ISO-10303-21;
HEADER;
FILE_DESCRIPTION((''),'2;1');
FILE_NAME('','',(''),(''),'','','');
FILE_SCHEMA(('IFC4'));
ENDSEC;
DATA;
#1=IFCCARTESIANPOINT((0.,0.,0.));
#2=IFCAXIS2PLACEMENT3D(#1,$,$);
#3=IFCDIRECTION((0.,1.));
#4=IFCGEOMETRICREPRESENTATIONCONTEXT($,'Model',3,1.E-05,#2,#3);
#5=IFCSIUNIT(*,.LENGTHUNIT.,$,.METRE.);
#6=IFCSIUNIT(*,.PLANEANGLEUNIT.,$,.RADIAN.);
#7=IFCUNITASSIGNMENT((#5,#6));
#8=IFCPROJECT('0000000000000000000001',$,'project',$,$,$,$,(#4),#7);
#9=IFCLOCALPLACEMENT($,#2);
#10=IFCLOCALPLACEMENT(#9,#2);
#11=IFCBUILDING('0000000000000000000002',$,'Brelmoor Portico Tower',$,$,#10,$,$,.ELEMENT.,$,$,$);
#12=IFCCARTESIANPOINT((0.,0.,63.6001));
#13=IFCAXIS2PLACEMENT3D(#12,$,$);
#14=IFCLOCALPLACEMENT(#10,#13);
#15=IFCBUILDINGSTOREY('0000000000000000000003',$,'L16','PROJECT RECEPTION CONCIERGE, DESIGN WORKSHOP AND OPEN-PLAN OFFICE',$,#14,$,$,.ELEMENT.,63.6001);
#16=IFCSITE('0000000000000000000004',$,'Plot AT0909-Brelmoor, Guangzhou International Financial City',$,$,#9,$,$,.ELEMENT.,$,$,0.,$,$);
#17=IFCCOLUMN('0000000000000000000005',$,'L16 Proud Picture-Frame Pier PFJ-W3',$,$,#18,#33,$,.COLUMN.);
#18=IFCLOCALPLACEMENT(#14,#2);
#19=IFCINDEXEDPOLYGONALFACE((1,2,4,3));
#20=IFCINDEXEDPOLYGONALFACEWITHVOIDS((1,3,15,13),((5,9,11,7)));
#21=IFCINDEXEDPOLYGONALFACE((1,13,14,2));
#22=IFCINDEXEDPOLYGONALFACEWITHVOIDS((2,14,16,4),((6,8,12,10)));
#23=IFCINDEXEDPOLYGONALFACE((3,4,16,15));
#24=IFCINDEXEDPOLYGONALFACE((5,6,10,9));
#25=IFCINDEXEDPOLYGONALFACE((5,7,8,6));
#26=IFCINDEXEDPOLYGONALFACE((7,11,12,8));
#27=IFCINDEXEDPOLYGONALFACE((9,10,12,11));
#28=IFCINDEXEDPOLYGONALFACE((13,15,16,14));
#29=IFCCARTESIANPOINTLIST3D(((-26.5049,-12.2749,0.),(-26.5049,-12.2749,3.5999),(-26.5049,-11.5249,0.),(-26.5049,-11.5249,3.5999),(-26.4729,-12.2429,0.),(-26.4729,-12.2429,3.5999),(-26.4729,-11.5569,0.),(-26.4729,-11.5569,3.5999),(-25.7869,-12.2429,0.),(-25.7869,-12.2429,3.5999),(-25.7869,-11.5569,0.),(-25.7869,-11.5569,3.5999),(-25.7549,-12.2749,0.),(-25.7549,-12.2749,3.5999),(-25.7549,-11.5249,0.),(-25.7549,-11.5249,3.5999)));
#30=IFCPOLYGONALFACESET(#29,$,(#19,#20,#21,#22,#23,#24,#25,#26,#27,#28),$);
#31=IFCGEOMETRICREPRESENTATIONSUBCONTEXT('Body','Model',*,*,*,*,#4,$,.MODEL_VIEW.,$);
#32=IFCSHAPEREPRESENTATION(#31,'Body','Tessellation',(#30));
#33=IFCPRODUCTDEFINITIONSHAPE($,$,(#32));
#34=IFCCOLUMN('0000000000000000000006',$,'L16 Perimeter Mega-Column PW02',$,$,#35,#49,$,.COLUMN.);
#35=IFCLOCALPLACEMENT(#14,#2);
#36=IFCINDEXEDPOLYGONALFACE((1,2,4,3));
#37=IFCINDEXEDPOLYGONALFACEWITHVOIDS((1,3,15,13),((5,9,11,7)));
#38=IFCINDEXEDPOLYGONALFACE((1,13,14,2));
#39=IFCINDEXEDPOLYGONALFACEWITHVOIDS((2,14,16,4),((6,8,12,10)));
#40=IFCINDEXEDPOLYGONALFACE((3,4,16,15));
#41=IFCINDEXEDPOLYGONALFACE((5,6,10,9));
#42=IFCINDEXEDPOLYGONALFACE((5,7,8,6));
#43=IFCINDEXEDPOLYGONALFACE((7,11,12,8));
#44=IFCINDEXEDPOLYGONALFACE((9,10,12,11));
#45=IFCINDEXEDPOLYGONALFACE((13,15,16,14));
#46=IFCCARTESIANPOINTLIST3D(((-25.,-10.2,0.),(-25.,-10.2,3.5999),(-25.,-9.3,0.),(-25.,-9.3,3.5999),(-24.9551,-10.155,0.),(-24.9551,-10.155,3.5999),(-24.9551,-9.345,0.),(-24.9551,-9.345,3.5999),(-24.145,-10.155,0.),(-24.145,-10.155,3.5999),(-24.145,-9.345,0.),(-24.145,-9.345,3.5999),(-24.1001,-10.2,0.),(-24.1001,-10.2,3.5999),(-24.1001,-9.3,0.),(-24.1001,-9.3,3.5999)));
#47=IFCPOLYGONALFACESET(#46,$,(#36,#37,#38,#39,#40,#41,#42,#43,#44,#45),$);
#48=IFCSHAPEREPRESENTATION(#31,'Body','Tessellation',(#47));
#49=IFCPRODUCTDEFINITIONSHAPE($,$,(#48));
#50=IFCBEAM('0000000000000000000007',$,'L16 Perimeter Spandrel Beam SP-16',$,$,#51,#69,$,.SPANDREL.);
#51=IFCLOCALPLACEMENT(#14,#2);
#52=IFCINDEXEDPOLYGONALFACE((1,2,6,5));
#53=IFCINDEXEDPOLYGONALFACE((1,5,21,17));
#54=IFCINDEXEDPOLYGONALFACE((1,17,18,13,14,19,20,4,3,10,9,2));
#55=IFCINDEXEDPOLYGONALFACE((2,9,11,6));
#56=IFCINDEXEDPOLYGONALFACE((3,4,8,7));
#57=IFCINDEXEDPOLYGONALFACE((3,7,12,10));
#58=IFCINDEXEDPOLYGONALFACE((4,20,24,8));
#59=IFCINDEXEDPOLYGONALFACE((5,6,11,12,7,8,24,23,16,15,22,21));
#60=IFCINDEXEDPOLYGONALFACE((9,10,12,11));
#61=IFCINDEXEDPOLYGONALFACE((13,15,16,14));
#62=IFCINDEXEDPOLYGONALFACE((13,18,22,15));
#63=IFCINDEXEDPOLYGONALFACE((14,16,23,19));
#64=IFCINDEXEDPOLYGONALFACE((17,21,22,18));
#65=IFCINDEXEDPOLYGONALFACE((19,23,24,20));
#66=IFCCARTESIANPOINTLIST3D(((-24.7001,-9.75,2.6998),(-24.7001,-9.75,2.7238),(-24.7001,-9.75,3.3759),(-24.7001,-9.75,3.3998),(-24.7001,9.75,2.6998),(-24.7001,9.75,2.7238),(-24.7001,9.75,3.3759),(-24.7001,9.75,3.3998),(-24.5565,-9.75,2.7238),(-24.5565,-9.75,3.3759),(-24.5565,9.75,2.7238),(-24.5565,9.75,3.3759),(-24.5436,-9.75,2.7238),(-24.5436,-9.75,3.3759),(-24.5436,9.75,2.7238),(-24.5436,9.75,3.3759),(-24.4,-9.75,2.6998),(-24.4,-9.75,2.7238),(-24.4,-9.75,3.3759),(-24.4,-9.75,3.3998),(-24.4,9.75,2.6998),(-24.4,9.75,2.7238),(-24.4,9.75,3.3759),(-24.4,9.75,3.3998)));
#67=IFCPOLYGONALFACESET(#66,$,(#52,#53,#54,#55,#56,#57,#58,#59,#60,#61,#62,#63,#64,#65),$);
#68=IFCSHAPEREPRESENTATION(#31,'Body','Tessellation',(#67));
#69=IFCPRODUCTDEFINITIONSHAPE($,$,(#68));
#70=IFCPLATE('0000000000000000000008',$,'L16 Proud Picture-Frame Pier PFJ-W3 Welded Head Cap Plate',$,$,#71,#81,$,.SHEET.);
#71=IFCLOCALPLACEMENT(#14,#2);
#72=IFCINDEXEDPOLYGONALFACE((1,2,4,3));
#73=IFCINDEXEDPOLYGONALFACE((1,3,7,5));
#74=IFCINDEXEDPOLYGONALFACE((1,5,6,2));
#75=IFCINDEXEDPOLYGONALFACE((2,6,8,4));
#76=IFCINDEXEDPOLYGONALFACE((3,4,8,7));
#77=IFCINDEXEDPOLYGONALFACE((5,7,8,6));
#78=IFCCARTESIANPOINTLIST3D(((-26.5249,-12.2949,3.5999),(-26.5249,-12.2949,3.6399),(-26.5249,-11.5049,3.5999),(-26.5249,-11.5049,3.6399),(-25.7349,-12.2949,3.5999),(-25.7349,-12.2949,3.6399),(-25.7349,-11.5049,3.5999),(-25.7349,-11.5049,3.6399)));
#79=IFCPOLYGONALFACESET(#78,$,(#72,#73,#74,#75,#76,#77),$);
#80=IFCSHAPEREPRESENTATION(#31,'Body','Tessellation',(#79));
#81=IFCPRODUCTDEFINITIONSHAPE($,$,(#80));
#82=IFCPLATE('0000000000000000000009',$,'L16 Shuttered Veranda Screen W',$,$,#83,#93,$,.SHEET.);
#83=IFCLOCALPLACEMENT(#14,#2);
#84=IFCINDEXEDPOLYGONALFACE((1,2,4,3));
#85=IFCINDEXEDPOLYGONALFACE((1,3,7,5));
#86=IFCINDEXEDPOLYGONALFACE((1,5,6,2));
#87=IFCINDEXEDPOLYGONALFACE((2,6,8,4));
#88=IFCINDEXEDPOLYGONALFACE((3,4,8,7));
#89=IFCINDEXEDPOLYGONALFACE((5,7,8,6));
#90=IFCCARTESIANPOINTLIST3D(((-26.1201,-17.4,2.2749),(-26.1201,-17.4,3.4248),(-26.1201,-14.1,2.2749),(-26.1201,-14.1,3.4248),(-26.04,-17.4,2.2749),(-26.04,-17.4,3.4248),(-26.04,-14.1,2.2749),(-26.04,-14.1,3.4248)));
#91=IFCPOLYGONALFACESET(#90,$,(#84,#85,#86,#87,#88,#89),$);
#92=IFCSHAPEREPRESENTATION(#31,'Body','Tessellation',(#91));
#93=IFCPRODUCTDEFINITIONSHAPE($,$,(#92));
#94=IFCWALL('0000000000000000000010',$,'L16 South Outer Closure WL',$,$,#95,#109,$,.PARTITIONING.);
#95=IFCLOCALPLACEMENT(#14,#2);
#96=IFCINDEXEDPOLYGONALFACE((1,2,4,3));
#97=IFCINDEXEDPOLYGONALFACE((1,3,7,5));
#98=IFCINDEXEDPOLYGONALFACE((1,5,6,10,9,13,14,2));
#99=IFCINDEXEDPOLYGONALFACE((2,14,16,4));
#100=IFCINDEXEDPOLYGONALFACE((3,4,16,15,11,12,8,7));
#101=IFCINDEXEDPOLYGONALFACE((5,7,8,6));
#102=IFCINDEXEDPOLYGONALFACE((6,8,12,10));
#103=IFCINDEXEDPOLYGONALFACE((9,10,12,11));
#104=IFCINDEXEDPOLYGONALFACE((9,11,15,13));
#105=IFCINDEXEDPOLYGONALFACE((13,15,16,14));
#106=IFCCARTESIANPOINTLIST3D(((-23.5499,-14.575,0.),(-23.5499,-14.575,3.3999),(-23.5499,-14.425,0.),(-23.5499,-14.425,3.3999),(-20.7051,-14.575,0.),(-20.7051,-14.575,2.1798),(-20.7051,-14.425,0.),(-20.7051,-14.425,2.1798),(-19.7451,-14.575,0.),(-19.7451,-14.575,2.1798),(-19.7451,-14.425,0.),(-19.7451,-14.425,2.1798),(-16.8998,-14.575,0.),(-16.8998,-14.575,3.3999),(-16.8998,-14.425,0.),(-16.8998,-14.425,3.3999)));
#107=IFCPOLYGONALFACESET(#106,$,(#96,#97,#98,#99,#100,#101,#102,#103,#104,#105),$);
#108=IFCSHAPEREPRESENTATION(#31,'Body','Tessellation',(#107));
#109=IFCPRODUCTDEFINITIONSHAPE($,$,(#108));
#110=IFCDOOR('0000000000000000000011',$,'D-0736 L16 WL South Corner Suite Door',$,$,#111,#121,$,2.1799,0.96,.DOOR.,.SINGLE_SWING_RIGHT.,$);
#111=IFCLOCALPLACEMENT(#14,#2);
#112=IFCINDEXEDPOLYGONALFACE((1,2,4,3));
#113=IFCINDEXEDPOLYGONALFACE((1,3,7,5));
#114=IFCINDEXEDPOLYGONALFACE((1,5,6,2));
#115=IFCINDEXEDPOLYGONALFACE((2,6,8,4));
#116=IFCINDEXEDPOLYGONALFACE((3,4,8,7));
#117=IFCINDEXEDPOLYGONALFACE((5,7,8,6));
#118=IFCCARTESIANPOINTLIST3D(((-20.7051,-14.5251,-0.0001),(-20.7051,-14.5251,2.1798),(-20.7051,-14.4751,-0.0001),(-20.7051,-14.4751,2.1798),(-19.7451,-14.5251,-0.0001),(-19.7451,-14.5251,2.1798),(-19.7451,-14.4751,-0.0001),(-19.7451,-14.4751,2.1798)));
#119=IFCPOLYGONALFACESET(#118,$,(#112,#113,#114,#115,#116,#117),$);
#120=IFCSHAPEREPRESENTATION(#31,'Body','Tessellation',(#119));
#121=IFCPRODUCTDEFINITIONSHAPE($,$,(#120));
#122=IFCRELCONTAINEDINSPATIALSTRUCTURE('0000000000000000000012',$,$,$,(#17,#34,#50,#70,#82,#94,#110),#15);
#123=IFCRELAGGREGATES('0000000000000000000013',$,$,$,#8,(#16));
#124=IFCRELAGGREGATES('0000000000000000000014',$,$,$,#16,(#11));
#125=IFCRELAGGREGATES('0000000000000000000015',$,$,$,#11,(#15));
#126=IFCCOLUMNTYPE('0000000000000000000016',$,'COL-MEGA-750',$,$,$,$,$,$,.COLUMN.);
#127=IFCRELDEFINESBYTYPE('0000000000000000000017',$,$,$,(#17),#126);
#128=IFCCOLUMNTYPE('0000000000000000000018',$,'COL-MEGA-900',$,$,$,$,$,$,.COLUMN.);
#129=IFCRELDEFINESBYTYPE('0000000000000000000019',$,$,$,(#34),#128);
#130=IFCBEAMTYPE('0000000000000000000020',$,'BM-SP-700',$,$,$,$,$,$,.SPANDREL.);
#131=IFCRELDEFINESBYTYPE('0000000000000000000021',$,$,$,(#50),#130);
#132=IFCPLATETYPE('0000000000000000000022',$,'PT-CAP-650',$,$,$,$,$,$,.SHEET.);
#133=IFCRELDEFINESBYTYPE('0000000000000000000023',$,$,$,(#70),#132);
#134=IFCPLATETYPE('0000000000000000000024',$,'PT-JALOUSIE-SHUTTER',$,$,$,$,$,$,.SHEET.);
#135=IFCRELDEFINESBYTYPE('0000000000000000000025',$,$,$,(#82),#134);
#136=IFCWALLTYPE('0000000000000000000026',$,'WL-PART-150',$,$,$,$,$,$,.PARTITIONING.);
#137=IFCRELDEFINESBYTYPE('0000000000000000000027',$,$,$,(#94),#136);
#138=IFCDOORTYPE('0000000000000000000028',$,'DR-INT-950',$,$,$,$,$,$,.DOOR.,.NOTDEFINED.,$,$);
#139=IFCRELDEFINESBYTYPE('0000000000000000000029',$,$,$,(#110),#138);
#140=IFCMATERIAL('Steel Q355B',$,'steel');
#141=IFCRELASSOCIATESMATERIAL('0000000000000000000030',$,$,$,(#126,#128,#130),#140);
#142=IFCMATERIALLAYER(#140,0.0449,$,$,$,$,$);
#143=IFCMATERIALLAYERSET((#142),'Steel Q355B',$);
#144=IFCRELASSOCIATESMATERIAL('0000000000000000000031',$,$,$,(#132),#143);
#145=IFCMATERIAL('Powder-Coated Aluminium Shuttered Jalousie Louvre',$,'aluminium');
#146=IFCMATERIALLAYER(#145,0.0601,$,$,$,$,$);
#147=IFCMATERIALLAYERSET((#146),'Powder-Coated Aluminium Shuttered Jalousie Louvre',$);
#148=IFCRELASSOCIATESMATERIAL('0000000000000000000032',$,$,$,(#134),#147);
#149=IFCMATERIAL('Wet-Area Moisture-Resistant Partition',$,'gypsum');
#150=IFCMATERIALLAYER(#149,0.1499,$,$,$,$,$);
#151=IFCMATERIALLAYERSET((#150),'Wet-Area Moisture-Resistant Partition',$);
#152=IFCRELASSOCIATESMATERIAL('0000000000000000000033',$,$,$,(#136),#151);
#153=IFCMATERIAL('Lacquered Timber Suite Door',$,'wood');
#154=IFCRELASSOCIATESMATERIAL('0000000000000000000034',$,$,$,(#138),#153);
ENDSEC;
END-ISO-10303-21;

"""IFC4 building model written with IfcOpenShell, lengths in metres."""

from ifc_helpers import new_model, si_unit, direction, frame, frame_2d, origin, origin_2d, place, context, subcontext, project, spatial, rectangle, hollow_rectangle, i_section, extrude, material, layer, layer_set, material_profile, profile_set, type_object, element, fill, save


model = new_model("IFC4")

# Units and contexts
model_context = context("Model", 3, precision=1e-05, world=origin(), true_north=direction((0.0, 1.0)))
body_context = subcontext(model_context, "Body", "Model", "MODEL_VIEW")
ifc_project = project(units=[si_unit("LENGTHUNIT", "METRE"), si_unit("PLANEANGLEUNIT", "RADIAN")], contexts=[model_context])

# Site, building, storey
site_placement = place(None, origin())
site = spatial("IfcSite", under=ifc_project, at=site_placement, Name="Plot AT0909-Brelmoor, Guangzhou International Financial City", CompositionType="ELEMENT", RefElevation=0.0)
building_placement = place(site_placement, origin())
building = spatial("IfcBuilding", under=site, at=building_placement, Name="Brelmoor Portico Tower", CompositionType="ELEMENT")
storey_placement = place(building_placement, frame((0.0, 0.0, 63.6001)))
storey = spatial("IfcBuildingStorey", under=building, at=storey_placement, Name="L16", Description="PROJECT RECEPTION CONCIERGE, DESIGN WORKSHOP AND OPEN-PLAN OFFICE", CompositionType="ELEMENT", Elevation=63.6001)

# Columns
ifc_material_1 = material(Name="Steel Q355B", Category="steel")
ifc_material_profile_1 = material_profile(ifc_material_1, hollow_rectangle(XDim=0.75, YDim=0.75, WallThickness=0.032, at=origin_2d()), Name="BOX 750x750x32")
ifc_profile_set_1 = profile_set([ifc_material_profile_1], Name="Steel Q355B")
column_type_1 = type_object("IfcColumnType", Name="COL-MEGA-750", PredefinedType="COLUMN", material=ifc_profile_set_1)
column_1_placement = place(storey_placement, frame((-26.1299, -11.8999, 0.0), z_axis=(0.0, 0.0, 1.0), x_axis=(0.0, 1.0, 0.0)))
element("IfcColumn", 1, at=column_1_placement, inside=storey, type_object=column_type_1, Name="L16 Proud Picture-Frame Pier PFJ-W3", PredefinedType="COLUMN", context=body_context, shape_type="SweptSolid", body=[
    extrude(hollow_rectangle(XDim=0.75, YDim=0.75, WallThickness=0.032, at=origin_2d()), origin(), (0.0, 0.0, 1.0), 3.5999),
])
ifc_material_profile_2 = material_profile(ifc_material_1, hollow_rectangle(XDim=0.8999, YDim=0.8999, WallThickness=0.0449, at=origin_2d()), Name="BOX 900x900x45")
ifc_profile_set_2 = profile_set([ifc_material_profile_2], Name="Steel Q355B")
column_type_2 = type_object("IfcColumnType", Name="COL-MEGA-900", PredefinedType="COLUMN", material=ifc_profile_set_2)
column_2_placement = place(storey_placement, frame((-24.55, -9.75, 0.0), z_axis=(0.0, 0.0, 1.0), x_axis=(0.0, 1.0, 0.0)))
element("IfcColumn", 2, at=column_2_placement, inside=storey, type_object=column_type_2, Name="L16 Perimeter Mega-Column PW02", PredefinedType="COLUMN", context=body_context, shape_type="SweptSolid", body=[
    extrude(hollow_rectangle(XDim=0.8999, YDim=0.8999, WallThickness=0.0449, at=origin_2d()), origin(), (0.0, 0.0, 1.0), 3.5999),
])

# Beam
ifc_material_profile_3 = material_profile(ifc_material_1, i_section(OverallWidth=0.3, OverallDepth=0.7, WebThickness=0.0129, FlangeThickness=0.0239, at=origin_2d()), Name="HN 700x300x13x24")
ifc_profile_set_3 = profile_set([ifc_material_profile_3], Name="Steel Q355B")
beam_type = type_object("IfcBeamType", Name="BM-SP-700", PredefinedType="SPANDREL", material=ifc_profile_set_3)
beam_placement = place(storey_placement, frame((-24.55, -9.75, 3.0498), z_axis=(0.0, 1.0, 0.0), x_axis=(-1.0, 0.0, 0.0)))
element("IfcBeam", 3, at=beam_placement, inside=storey, type_object=beam_type, Name="L16 Perimeter Spandrel Beam SP-16", PredefinedType="SPANDREL", context=body_context, shape_type="SweptSolid", body=[
    extrude(i_section(OverallWidth=0.3, OverallDepth=0.7, WebThickness=0.0129, FlangeThickness=0.0239, at=origin_2d()), origin(), (0.0, 0.0, 1.0), 19.5),
])

# Plates
ifc_layer_1 = layer(ifc_material_1, 0.0449)
ifc_layer_set_1 = layer_set([ifc_layer_1], Name="Steel Q355B")
plate_type_1 = type_object("IfcPlateType", Name="PT-CAP-650", PredefinedType="SHEET", material=ifc_layer_set_1)
plate_1_placement = place(storey_placement, frame((-26.1299, -11.8999, 3.5999), z_axis=(0.0, 0.0, 1.0), x_axis=(0.0, 1.0, 0.0)))
element("IfcPlate", 4, at=plate_1_placement, inside=storey, type_object=plate_type_1, Name="L16 Proud Picture-Frame Pier PFJ-W3 Welded Head Cap Plate", PredefinedType="SHEET", context=body_context, shape_type="SweptSolid", body=[
    extrude(rectangle(XDim=0.79, YDim=0.79, at=origin_2d()), origin(), (0.0, 0.0, 1.0), 0.04),
])
ifc_material_2 = material(Name="Powder-Coated Aluminium Shuttered Jalousie Louvre", Category="aluminium")
ifc_layer_2 = layer(ifc_material_2, 0.0601)
ifc_layer_set_2 = layer_set([ifc_layer_2], Name="Powder-Coated Aluminium Shuttered Jalousie Louvre")
plate_type_2 = type_object("IfcPlateType", Name="PT-JALOUSIE-SHUTTER", PredefinedType="SHEET", material=ifc_layer_set_2)
plate_2_placement = place(storey_placement, frame((-26.0801, -15.75, 2.2749), z_axis=(0.0, 0.0, 1.0), x_axis=(0.0, 1.0, 0.0)))
element("IfcPlate", 5, at=plate_2_placement, inside=storey, type_object=plate_type_2, Name="L16 Shuttered Veranda Screen W", PredefinedType="SHEET", context=body_context, shape_type="SweptSolid", body=[
    extrude(rectangle(XDim=3.3, YDim=0.0801, at=origin_2d()), origin(), (0.0, 0.0, 1.0), 1.1499),
])

# Wall, opening, door
ifc_material_3 = material(Name="Wet-Area Moisture-Resistant Partition", Category="gypsum")
ifc_layer_3 = layer(ifc_material_3, 0.1499)
ifc_layer_set_3 = layer_set([ifc_layer_3], Name="Wet-Area Moisture-Resistant Partition")
wall_type_1 = type_object("IfcWallType", Name="WL-PART-150", PredefinedType="PARTITIONING", material=ifc_layer_set_3)
wall_1_placement = place(storey_placement, frame((-23.55, -14.5, 0.0), z_axis=(0.0, 0.0, 1.0), x_axis=(1.0, 0.0, 0.0)))
wall_1 = element("IfcWall", 6, at=wall_1_placement, inside=storey, type_object=wall_type_1, Name="L16 South Outer Closure WL", PredefinedType="PARTITIONING", context=body_context, shape_type="SweptSolid", body=[
    extrude(rectangle(XDim=6.6501, YDim=0.1499, at=frame_2d((3.3252, 0.0))), origin(), (0.0, 0.0, 1.0), 3.3999),
])
opening_1_placement = place(wall_1_placement, frame((2.845, 0.0, 0.0)))
opening_1 = element("IfcOpeningElement", 7, at=opening_1_placement, cuts=wall_1, PredefinedType="OPENING", context=body_context, shape_type="SweptSolid", body=[
    extrude(rectangle(XDim=0.96, YDim=2.1799, at=frame_2d((0.48, 1.0898))), frame((0.0, 0.085, 0.0), z_axis=(0.0, -1.0, 0.0), x_axis=(1.0, 0.0, 0.0)), (0.0, 0.0, 1.0), 0.1699),
])
ifc_material_4 = material(Name="Lacquered Timber Suite Door", Category="wood")
door_type_1 = type_object("IfcDoorType", Name="DR-INT-950", OperationType="NOTDEFINED", PredefinedType="DOOR", material=ifc_material_4)
door_1_placement = place(opening_1_placement, origin())
door_1 = element("IfcDoor", 8, at=door_1_placement, inside=storey, type_object=door_type_1, Name="D-0736 L16 WL South Corner Suite Door", OperationType="SINGLE_SWING_RIGHT", OverallHeight=2.1799, OverallWidth=0.96, PredefinedType="DOOR", context=body_context, shape_type="SweptSolid", body=[
    extrude(rectangle(XDim=0.96, YDim=2.1799, at=frame_2d((0.48, 1.0898))), frame((0.0, 0.0249, 0.0), z_axis=(0.0, -1.0, 0.0), x_axis=(1.0, 0.0, 0.0)), (0.0, 0.0, 1.0), 0.05),
])
fill(opening_1, door_1)

save(model, "model.ifc")
